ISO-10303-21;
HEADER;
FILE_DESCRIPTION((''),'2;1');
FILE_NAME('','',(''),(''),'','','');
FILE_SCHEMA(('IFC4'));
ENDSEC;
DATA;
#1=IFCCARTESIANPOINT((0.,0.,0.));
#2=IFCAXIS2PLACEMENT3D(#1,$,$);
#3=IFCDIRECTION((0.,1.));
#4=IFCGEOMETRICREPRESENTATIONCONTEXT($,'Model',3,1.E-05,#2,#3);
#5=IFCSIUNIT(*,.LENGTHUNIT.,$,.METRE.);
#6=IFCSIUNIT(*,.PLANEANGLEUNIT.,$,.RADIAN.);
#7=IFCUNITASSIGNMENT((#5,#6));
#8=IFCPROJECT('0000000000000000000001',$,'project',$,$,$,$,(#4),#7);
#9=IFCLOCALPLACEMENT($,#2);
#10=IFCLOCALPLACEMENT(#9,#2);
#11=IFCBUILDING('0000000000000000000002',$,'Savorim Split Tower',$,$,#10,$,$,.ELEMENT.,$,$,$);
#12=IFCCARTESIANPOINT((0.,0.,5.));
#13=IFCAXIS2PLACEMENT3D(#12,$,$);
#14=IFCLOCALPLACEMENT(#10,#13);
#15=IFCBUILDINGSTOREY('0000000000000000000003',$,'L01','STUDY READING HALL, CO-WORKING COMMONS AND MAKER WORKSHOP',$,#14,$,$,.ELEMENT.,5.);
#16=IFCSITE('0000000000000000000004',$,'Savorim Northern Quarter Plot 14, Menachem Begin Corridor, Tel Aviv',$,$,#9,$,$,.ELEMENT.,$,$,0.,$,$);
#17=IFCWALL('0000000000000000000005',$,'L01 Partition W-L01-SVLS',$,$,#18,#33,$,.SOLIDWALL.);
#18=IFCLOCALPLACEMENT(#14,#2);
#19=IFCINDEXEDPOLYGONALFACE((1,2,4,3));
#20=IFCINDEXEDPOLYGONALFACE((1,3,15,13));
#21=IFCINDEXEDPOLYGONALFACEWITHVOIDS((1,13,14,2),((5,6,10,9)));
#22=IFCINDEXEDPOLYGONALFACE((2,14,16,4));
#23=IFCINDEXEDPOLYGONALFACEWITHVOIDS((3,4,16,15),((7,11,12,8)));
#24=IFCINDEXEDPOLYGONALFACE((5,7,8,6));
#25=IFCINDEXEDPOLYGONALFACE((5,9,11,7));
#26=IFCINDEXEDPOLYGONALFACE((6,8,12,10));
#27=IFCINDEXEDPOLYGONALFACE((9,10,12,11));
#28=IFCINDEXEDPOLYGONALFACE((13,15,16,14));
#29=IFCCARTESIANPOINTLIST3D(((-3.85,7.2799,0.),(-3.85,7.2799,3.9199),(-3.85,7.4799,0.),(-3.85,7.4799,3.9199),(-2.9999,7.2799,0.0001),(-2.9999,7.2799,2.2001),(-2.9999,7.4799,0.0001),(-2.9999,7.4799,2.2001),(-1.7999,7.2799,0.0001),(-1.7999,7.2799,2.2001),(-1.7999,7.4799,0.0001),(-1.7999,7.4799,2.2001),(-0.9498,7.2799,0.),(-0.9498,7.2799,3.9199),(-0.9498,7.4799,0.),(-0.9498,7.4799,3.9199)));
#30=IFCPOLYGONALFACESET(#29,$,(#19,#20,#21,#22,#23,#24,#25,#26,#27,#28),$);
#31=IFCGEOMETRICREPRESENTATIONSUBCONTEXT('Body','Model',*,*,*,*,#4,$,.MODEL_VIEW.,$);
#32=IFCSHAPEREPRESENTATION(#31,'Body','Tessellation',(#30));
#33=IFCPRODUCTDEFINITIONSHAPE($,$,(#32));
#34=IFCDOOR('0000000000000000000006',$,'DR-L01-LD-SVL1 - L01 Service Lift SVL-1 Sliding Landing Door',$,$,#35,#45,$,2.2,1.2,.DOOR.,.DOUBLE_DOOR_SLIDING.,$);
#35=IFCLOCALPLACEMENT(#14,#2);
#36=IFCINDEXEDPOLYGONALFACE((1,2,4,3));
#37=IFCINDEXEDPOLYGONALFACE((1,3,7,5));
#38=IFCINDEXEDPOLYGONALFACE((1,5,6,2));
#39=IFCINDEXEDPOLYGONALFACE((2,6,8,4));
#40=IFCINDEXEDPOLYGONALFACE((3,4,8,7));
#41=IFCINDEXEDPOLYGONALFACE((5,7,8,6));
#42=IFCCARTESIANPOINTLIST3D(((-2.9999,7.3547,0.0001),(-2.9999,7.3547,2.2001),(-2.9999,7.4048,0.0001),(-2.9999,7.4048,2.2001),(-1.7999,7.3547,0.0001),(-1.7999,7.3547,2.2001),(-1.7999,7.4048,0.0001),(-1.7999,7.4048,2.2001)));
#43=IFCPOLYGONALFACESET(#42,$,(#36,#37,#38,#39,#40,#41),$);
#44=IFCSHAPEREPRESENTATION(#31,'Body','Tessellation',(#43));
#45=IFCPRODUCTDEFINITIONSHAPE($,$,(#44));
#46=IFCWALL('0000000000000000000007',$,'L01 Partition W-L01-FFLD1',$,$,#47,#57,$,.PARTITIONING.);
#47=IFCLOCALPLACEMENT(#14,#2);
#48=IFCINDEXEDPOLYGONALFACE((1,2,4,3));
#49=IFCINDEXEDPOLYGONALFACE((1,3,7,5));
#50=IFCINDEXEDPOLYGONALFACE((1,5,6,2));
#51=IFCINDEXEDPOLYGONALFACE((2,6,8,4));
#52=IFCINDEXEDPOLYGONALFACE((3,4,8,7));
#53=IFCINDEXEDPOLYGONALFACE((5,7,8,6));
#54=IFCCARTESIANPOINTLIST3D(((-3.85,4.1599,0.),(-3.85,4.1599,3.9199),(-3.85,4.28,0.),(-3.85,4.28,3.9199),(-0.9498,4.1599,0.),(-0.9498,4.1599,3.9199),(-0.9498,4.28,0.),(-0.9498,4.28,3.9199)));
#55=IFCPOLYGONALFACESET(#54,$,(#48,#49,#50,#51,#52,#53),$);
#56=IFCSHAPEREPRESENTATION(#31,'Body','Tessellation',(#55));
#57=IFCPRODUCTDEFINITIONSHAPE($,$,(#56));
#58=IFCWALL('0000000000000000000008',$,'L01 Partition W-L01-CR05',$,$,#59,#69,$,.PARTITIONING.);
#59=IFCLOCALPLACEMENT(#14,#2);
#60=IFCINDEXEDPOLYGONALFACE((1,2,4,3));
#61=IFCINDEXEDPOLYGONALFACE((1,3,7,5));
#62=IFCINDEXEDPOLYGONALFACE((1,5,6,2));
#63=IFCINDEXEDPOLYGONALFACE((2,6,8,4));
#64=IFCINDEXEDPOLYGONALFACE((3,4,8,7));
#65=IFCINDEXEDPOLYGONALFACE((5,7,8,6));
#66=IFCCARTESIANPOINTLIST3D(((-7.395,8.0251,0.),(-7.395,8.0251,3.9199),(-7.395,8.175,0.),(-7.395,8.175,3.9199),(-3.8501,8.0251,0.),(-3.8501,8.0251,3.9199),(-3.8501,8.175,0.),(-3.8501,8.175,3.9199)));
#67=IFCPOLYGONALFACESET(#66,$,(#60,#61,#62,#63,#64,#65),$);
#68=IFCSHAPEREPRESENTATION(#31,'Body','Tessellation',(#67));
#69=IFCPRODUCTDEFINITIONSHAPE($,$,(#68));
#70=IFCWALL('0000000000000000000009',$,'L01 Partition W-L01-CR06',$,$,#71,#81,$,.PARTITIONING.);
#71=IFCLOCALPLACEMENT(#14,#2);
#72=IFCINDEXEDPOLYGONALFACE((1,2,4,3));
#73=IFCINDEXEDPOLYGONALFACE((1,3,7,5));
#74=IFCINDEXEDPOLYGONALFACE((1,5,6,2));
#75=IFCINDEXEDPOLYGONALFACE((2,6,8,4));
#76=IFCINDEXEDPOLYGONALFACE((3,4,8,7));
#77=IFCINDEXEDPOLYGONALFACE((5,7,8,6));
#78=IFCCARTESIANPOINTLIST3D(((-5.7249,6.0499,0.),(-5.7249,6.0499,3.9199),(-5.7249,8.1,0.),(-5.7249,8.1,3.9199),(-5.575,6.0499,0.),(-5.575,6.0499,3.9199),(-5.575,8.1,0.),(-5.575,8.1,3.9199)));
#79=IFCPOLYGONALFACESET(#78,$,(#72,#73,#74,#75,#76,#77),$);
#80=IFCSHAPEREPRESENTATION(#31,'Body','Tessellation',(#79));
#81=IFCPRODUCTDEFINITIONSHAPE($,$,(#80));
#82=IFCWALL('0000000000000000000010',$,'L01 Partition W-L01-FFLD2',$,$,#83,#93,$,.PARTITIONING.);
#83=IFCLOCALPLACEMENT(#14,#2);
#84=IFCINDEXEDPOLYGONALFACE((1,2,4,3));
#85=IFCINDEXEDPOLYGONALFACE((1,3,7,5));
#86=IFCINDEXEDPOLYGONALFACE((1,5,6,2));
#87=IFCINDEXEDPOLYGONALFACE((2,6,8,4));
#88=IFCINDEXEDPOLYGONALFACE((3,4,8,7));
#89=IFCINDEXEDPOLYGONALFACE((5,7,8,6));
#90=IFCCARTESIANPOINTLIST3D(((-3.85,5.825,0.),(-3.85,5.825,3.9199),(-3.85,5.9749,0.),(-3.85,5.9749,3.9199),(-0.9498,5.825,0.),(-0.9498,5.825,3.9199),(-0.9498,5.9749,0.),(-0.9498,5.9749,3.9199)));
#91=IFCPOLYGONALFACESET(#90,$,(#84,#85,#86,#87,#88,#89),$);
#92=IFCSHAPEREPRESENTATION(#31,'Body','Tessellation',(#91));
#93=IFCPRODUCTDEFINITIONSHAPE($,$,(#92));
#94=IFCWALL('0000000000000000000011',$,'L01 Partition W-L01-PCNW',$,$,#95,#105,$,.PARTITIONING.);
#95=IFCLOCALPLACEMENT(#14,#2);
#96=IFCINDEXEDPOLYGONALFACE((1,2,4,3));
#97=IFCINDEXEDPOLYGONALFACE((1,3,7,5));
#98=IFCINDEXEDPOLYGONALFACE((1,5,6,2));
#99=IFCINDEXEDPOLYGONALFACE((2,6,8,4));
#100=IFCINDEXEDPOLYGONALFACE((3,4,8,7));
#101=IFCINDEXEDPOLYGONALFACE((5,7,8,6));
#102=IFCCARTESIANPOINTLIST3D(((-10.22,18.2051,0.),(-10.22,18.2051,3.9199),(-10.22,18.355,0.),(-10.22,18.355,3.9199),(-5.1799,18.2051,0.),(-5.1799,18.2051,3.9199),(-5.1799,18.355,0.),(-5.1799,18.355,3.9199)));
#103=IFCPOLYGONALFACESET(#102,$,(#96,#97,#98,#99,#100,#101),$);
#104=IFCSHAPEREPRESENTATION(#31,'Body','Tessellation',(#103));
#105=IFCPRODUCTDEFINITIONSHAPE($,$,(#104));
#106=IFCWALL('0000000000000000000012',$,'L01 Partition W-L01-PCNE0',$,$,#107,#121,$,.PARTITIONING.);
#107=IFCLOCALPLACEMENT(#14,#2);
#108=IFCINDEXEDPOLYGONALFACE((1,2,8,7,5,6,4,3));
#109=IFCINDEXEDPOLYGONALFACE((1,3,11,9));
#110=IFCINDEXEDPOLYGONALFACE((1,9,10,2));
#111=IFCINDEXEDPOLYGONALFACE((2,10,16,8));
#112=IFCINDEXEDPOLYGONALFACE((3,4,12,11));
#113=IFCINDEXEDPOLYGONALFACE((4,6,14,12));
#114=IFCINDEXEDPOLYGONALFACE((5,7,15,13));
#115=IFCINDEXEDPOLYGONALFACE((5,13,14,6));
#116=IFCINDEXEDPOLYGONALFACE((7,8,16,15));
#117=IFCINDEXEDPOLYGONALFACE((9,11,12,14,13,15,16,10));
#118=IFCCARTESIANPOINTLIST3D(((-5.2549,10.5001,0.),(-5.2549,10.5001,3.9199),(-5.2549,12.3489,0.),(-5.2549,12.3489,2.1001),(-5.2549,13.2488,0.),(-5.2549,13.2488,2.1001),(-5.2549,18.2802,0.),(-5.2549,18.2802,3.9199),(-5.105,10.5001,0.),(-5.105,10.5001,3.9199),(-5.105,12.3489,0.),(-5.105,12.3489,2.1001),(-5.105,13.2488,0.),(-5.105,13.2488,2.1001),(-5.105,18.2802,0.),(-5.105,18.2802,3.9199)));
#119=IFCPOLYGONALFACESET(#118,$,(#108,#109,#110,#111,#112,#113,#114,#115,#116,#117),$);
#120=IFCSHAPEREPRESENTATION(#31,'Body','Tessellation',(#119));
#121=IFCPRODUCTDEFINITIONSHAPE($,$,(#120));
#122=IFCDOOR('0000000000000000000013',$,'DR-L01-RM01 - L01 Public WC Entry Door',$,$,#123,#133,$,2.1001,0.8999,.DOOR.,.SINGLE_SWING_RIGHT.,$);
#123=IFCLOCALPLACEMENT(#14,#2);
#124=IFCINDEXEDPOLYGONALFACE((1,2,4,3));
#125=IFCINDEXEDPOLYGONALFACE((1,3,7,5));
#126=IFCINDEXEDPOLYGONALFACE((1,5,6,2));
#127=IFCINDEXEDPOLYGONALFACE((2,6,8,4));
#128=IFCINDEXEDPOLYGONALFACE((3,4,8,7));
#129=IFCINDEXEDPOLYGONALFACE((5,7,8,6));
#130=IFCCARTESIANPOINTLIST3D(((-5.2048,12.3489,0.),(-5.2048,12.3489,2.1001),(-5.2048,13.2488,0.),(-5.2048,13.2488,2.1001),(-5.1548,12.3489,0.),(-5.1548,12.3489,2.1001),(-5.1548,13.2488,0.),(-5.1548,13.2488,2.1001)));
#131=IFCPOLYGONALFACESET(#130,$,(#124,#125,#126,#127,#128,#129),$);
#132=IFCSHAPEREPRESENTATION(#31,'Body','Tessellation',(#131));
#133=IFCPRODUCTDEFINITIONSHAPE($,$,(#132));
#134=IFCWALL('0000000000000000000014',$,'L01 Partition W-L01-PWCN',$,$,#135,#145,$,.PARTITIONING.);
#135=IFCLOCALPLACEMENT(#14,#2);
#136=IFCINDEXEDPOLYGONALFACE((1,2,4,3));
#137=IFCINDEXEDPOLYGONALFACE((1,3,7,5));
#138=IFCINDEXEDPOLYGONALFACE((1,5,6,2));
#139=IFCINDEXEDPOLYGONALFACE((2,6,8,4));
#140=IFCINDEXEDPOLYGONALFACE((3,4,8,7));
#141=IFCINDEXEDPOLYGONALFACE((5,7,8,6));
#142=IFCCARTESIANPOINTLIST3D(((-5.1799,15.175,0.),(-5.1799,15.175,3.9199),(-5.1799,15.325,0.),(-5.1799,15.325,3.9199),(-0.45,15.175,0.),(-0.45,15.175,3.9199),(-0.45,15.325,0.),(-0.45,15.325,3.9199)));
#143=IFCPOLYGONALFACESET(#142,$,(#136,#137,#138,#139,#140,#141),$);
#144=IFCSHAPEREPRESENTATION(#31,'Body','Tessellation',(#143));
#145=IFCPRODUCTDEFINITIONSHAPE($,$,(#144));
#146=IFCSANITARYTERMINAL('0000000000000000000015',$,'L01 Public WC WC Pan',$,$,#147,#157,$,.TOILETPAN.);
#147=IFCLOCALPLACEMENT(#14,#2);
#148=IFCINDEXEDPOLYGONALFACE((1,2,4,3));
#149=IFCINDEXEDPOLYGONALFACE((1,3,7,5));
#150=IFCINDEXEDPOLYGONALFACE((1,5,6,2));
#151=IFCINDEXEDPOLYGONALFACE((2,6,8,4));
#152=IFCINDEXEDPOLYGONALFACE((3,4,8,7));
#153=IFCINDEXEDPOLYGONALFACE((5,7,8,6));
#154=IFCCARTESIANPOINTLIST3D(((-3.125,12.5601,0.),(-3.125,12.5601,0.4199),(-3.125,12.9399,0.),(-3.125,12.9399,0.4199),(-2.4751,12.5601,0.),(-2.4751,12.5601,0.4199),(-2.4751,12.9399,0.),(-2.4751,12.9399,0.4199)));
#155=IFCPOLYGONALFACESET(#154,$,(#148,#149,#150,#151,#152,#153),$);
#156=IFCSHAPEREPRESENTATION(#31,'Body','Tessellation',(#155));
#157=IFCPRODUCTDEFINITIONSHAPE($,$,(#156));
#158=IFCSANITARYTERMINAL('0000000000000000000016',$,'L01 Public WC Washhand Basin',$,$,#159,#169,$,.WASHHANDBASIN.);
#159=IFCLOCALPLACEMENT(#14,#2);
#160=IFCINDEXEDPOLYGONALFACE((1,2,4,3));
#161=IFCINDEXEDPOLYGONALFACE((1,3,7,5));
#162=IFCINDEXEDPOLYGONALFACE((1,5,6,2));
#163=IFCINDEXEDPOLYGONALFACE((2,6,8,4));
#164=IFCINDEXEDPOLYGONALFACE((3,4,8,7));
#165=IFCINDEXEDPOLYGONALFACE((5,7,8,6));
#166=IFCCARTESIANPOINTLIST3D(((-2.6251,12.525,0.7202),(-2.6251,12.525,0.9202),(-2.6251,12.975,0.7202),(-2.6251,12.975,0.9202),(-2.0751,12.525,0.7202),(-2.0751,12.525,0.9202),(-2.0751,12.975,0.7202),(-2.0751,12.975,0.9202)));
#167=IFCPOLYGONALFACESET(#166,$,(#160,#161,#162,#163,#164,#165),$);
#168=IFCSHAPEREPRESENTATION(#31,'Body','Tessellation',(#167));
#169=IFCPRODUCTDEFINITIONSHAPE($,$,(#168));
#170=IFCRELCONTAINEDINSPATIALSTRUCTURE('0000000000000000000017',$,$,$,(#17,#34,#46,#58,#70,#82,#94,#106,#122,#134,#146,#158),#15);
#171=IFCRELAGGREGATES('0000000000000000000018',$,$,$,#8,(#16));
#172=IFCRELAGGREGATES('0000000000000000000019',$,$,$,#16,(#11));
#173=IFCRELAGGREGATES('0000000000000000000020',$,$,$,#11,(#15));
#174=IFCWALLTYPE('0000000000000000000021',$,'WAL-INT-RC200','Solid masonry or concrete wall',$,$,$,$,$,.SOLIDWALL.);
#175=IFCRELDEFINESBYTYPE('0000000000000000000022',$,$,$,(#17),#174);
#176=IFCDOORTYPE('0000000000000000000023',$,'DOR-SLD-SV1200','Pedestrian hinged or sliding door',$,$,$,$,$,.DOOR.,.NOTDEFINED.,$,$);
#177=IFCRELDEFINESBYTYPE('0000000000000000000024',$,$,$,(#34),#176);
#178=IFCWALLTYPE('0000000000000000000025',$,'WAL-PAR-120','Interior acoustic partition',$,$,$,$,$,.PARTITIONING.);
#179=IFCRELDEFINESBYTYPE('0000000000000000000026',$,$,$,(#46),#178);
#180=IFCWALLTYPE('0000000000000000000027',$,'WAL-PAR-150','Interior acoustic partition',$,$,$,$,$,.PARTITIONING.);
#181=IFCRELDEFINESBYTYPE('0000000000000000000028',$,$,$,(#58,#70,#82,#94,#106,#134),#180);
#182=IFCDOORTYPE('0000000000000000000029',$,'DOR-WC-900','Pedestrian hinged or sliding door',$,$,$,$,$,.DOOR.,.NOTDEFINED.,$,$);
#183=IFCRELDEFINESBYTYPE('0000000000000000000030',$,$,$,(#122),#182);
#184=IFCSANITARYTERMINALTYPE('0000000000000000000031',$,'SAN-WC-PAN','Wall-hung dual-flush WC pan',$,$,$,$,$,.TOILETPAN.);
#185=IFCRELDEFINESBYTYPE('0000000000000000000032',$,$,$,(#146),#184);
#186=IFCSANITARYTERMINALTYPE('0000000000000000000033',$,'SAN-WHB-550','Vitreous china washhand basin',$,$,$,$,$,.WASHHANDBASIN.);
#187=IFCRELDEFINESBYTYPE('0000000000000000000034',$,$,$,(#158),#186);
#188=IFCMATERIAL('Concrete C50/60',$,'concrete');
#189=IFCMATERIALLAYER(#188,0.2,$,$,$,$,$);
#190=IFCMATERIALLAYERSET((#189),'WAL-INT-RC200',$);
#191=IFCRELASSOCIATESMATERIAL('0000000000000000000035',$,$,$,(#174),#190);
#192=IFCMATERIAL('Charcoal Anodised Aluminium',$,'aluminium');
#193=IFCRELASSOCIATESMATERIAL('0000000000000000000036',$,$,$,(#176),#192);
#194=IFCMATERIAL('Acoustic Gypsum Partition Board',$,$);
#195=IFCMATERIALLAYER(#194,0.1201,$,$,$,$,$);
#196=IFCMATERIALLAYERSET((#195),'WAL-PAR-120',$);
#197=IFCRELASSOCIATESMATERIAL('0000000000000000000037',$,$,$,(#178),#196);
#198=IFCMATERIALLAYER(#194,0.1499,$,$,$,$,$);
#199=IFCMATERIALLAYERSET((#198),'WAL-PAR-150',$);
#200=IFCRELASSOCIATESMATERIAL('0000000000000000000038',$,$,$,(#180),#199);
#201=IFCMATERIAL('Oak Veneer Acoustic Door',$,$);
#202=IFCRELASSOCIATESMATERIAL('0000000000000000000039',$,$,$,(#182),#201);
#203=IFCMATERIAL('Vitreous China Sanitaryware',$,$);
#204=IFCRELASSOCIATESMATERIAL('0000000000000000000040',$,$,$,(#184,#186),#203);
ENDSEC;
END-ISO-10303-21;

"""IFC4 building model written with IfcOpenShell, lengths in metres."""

from ifc_helpers import new_model, si_unit, direction, frame, frame_2d, origin, origin_2d, place, context, subcontext, project, spatial, rectangle, extrude, material, layer, layer_set, type_object, element, fill, save


model = new_model("IFC4")

# Units and contexts
model_context = context("Model", 3, precision=1e-05, world=origin(), true_north=direction((0.0, 1.0)))
body_context = subcontext(model_context, "Body", "Model", "MODEL_VIEW")
ifc_project = project(units=[si_unit("LENGTHUNIT", "METRE"), si_unit("PLANEANGLEUNIT", "RADIAN")], contexts=[model_context])

# Site, building, storey
site_placement = place(None, origin())
site = spatial("IfcSite", under=ifc_project, at=site_placement, Name="Savorim Northern Quarter Plot 14, Menachem Begin Corridor, Tel Aviv", CompositionType="ELEMENT", RefElevation=0.0)
building_placement = place(site_placement, origin())
building = spatial("IfcBuilding", under=site, at=building_placement, Name="Savorim Split Tower", CompositionType="ELEMENT")
storey_placement = place(building_placement, frame((0.0, 0.0, 5.0)))
storey = spatial("IfcBuildingStorey", under=building, at=storey_placement, Name="L01", Description="STUDY READING HALL, CO-WORKING COMMONS AND MAKER WORKSHOP", CompositionType="ELEMENT", Elevation=5.0)

# Shared definitions
ifc_material_1 = material(Name="Charcoal Anodised Aluminium", Category="aluminium")

# Shared definitions
ifc_material_2 = material(Name="Concrete C50/60", Category="concrete")
ifc_layer_1 = layer(ifc_material_2, 0.2)
ifc_layer_set_1 = layer_set([ifc_layer_1], Name="WAL-INT-RC200")
wall_type_1 = type_object("IfcWallType", Name="WAL-INT-RC200", Description="Solid masonry or concrete wall", PredefinedType="SOLIDWALL", material=ifc_layer_set_1)

# Wall, opening, door
wall_1_placement = place(storey_placement, frame((-3.8501, 7.3799, 0.0), z_axis=(0.0, 0.0, 1.0), x_axis=(1.0, 0.0, 0.0)))
wall_1 = element("IfcWall", 1, at=wall_1_placement, inside=storey, type_object=wall_type_1, Name="L01 Partition W-L01-SVLS", PredefinedType="SOLIDWALL", context=body_context, shape_type="SweptSolid", body=[
    extrude(rectangle(XDim=2.9001, YDim=0.2, at=frame_2d((1.4502, 0.0))), origin(), (0.0, 0.0, 1.0), 3.9199),
])
opening_1_placement = place(wall_1_placement, frame((0.8501, 0.0, 0.0)))
opening_1 = element("IfcOpeningElement", 2, at=opening_1_placement, cuts=wall_1, PredefinedType="OPENING", context=body_context, shape_type="SweptSolid", body=[
    extrude(rectangle(XDim=1.2, YDim=2.2, at=frame_2d((0.6001, 1.1001))), frame((0.0, 0.1099, 0.0), z_axis=(0.0, -1.0, 0.0), x_axis=(1.0, 0.0, 0.0)), (0.0, 0.0, 1.0), 0.22),
])
door_type_1 = type_object("IfcDoorType", Name="DOR-SLD-SV1200", Description="Pedestrian hinged or sliding door", OperationType="NOTDEFINED", PredefinedType="DOOR", material=ifc_material_1)
door_1_placement = place(opening_1_placement, origin())
door_1 = element("IfcDoor", 3, at=door_1_placement, inside=storey, type_object=door_type_1, Name="DR-L01-LD-SVL1 - L01 Service Lift SVL-1 Sliding Landing Door", OperationType="DOUBLE_DOOR_SLIDING", OverallHeight=2.2, OverallWidth=1.2, PredefinedType="DOOR", context=body_context, shape_type="SweptSolid", body=[
    extrude(rectangle(XDim=1.2, YDim=2.2, at=frame_2d((0.6001, 1.1001))), frame((0.0, 0.0249, 0.0), z_axis=(0.0, -1.0, 0.0), x_axis=(1.0, 0.0, 0.0)), (0.0, 0.0, 1.0), 0.05),
])
fill(opening_1, door_1)

# Walls
ifc_material_3 = material(Name="Acoustic Gypsum Partition Board")
ifc_layer_2 = layer(ifc_material_3, 0.1201)
ifc_layer_set_2 = layer_set([ifc_layer_2], Name="WAL-PAR-120")
wall_type_2 = type_object("IfcWallType", Name="WAL-PAR-120", Description="Interior acoustic partition", PredefinedType="PARTITIONING", material=ifc_layer_set_2)
wall_2_placement = place(storey_placement, frame((-3.8501, 4.22, 0.0), z_axis=(0.0, 0.0, 1.0), x_axis=(1.0, 0.0, 0.0)))
element("IfcWall", 4, at=wall_2_placement, inside=storey, type_object=wall_type_2, Name="L01 Partition W-L01-FFLD1", PredefinedType="PARTITIONING", context=body_context, shape_type="SweptSolid", body=[
    extrude(rectangle(XDim=2.9001, YDim=0.1201, at=frame_2d((1.4502, 0.0))), origin(), (0.0, 0.0, 1.0), 3.9199),
])
ifc_layer_3 = layer(ifc_material_3, 0.1499)
ifc_layer_set_3 = layer_set([ifc_layer_3], Name="WAL-PAR-150")
wall_type_3 = type_object("IfcWallType", Name="WAL-PAR-150", Description="Interior acoustic partition", PredefinedType="PARTITIONING", material=ifc_layer_set_3)
wall_3_placement = place(storey_placement, frame((-7.395, 8.1001, 0.0), z_axis=(0.0, 0.0, 1.0), x_axis=(1.0, 0.0, 0.0)))
element("IfcWall", 5, at=wall_3_placement, inside=storey, type_object=wall_type_3, Name="L01 Partition W-L01-CR05", PredefinedType="PARTITIONING", context=body_context, shape_type="SweptSolid", body=[
    extrude(rectangle(XDim=3.5449, YDim=0.1499, at=frame_2d((1.7725, 0.0))), origin(), (0.0, 0.0, 1.0), 3.9199),
])
wall_4_placement = place(storey_placement, frame((-5.6499, 6.05, 0.0), z_axis=(0.0, 0.0, 1.0), x_axis=(0.0, 1.0, 0.0)))
element("IfcWall", 6, at=wall_4_placement, inside=storey, type_object=wall_type_3, Name="L01 Partition W-L01-CR06", PredefinedType="PARTITIONING", context=body_context, shape_type="SweptSolid", body=[
    extrude(rectangle(XDim=2.05, YDim=0.1499, at=frame_2d((1.0249, 0.0))), origin(), (0.0, 0.0, 1.0), 3.9199),
])
wall_5_placement = place(storey_placement, frame((-3.8501, 5.8999, 0.0), z_axis=(0.0, 0.0, 1.0), x_axis=(1.0, 0.0, 0.0)))
element("IfcWall", 7, at=wall_5_placement, inside=storey, type_object=wall_type_3, Name="L01 Partition W-L01-FFLD2", PredefinedType="PARTITIONING", context=body_context, shape_type="SweptSolid", body=[
    extrude(rectangle(XDim=2.9001, YDim=0.1499, at=frame_2d((1.4502, 0.0))), origin(), (0.0, 0.0, 1.0), 3.9199),
])
wall_6_placement = place(storey_placement, frame((-10.22, 18.28, 0.0), z_axis=(0.0, 0.0, 1.0), x_axis=(1.0, 0.0, 0.0)))
element("IfcWall", 8, at=wall_6_placement, inside=storey, type_object=wall_type_3, Name="L01 Partition W-L01-PCNW", PredefinedType="PARTITIONING", context=body_context, shape_type="SweptSolid", body=[
    extrude(rectangle(XDim=5.04, YDim=0.1499, at=frame_2d((2.52, 0.0))), origin(), (0.0, 0.0, 1.0), 3.9199),
])

# Wall, opening, door
wall_7_placement = place(storey_placement, frame((-5.1799, 10.5, 0.0), z_axis=(0.0, 0.0, 1.0), x_axis=(0.0, 1.0, 0.0)))
wall_7 = element("IfcWall", 9, at=wall_7_placement, inside=storey, type_object=wall_type_3, Name="L01 Partition W-L01-PCNE0", PredefinedType="PARTITIONING", context=body_context, shape_type="SweptSolid", body=[
    extrude(rectangle(XDim=7.78, YDim=0.1499, at=frame_2d((3.8901, 0.0))), origin(), (0.0, 0.0, 1.0), 3.9199),
])
opening_2_placement = place(wall_7_placement, frame((1.8489, 0.0, 0.0)))
opening_2 = element("IfcOpeningElement", 10, at=opening_2_placement, cuts=wall_7, PredefinedType="OPENING", context=body_context, shape_type="SweptSolid", body=[
    extrude(rectangle(XDim=0.8999, YDim=2.1001, at=frame_2d((0.45, 1.05))), frame((0.0, 0.085, 0.0), z_axis=(0.0, -1.0, 0.0), x_axis=(1.0, 0.0, 0.0)), (0.0, 0.0, 1.0), 0.1699),
])
ifc_material_4 = material(Name="Oak Veneer Acoustic Door")
door_type_2 = type_object("IfcDoorType", Name="DOR-WC-900", Description="Pedestrian hinged or sliding door", OperationType="NOTDEFINED", PredefinedType="DOOR", material=ifc_material_4)
door_2_placement = place(opening_2_placement, origin())
door_2 = element("IfcDoor", 11, at=door_2_placement, inside=storey, type_object=door_type_2, Name="DR-L01-RM01 - L01 Public WC Entry Door", OperationType="SINGLE_SWING_RIGHT", OverallHeight=2.1001, OverallWidth=0.8999, PredefinedType="DOOR", context=body_context, shape_type="SweptSolid", body=[
    extrude(rectangle(XDim=0.8999, YDim=2.1001, at=frame_2d((0.45, 1.05))), frame((0.0, 0.0249, 0.0), z_axis=(0.0, -1.0, 0.0), x_axis=(1.0, 0.0, 0.0)), (0.0, 0.0, 1.0), 0.05),
])
fill(opening_2, door_2)

# Wall
wall_8_placement = place(storey_placement, frame((-5.1799, 15.25, 0.0), z_axis=(0.0, 0.0, 1.0), x_axis=(1.0, 0.0, 0.0)))
element("IfcWall", 12, at=wall_8_placement, inside=storey, type_object=wall_type_3, Name="L01 Partition W-L01-PWCN", PredefinedType="PARTITIONING", context=body_context, shape_type="SweptSolid", body=[
    extrude(rectangle(XDim=4.73, YDim=0.1499, at=frame_2d((2.365, 0.0))), origin(), (0.0, 0.0, 1.0), 3.9199),
])

# Sanitary terminals
ifc_material_5 = material(Name="Vitreous China Sanitaryware")
sanitary_terminal_type_1 = type_object("IfcSanitaryTerminalType", Name="SAN-WC-PAN", Description="Wall-hung dual-flush WC pan", PredefinedType="TOILETPAN", material=ifc_material_5)
sanitary_terminal_1_placement = place(storey_placement, frame((-2.8, 12.75, 0.0), z_axis=(0.0, 0.0, 1.0), x_axis=(1.0, 0.0, 0.0)))
element("IfcSanitaryTerminal", 13, at=sanitary_terminal_1_placement, inside=storey, type_object=sanitary_terminal_type_1, Name="L01 Public WC WC Pan", PredefinedType="TOILETPAN", context=body_context, shape_type="SweptSolid", body=[
    extrude(rectangle(XDim=0.6499, YDim=0.3799, at=origin_2d()), origin(), (0.0, 0.0, 1.0), 0.4199),
])
sanitary_terminal_type_2 = type_object("IfcSanitaryTerminalType", Name="SAN-WHB-550", Description="Vitreous china washhand basin", PredefinedType="WASHHANDBASIN", material=ifc_material_5)
sanitary_terminal_2_placement = place(storey_placement, frame((-2.3501, 12.75, 0.7202), z_axis=(0.0, 0.0, 1.0), x_axis=(1.0, 0.0, 0.0)))
element("IfcSanitaryTerminal", 14, at=sanitary_terminal_2_placement, inside=storey, type_object=sanitary_terminal_type_2, Name="L01 Public WC Washhand Basin", PredefinedType="WASHHANDBASIN", context=body_context, shape_type="SweptSolid", body=[
    extrude(rectangle(XDim=0.55, YDim=0.45, at=origin_2d()), origin(), (0.0, 0.0, 1.0), 0.2),
])

save(model, "model.ifc")
